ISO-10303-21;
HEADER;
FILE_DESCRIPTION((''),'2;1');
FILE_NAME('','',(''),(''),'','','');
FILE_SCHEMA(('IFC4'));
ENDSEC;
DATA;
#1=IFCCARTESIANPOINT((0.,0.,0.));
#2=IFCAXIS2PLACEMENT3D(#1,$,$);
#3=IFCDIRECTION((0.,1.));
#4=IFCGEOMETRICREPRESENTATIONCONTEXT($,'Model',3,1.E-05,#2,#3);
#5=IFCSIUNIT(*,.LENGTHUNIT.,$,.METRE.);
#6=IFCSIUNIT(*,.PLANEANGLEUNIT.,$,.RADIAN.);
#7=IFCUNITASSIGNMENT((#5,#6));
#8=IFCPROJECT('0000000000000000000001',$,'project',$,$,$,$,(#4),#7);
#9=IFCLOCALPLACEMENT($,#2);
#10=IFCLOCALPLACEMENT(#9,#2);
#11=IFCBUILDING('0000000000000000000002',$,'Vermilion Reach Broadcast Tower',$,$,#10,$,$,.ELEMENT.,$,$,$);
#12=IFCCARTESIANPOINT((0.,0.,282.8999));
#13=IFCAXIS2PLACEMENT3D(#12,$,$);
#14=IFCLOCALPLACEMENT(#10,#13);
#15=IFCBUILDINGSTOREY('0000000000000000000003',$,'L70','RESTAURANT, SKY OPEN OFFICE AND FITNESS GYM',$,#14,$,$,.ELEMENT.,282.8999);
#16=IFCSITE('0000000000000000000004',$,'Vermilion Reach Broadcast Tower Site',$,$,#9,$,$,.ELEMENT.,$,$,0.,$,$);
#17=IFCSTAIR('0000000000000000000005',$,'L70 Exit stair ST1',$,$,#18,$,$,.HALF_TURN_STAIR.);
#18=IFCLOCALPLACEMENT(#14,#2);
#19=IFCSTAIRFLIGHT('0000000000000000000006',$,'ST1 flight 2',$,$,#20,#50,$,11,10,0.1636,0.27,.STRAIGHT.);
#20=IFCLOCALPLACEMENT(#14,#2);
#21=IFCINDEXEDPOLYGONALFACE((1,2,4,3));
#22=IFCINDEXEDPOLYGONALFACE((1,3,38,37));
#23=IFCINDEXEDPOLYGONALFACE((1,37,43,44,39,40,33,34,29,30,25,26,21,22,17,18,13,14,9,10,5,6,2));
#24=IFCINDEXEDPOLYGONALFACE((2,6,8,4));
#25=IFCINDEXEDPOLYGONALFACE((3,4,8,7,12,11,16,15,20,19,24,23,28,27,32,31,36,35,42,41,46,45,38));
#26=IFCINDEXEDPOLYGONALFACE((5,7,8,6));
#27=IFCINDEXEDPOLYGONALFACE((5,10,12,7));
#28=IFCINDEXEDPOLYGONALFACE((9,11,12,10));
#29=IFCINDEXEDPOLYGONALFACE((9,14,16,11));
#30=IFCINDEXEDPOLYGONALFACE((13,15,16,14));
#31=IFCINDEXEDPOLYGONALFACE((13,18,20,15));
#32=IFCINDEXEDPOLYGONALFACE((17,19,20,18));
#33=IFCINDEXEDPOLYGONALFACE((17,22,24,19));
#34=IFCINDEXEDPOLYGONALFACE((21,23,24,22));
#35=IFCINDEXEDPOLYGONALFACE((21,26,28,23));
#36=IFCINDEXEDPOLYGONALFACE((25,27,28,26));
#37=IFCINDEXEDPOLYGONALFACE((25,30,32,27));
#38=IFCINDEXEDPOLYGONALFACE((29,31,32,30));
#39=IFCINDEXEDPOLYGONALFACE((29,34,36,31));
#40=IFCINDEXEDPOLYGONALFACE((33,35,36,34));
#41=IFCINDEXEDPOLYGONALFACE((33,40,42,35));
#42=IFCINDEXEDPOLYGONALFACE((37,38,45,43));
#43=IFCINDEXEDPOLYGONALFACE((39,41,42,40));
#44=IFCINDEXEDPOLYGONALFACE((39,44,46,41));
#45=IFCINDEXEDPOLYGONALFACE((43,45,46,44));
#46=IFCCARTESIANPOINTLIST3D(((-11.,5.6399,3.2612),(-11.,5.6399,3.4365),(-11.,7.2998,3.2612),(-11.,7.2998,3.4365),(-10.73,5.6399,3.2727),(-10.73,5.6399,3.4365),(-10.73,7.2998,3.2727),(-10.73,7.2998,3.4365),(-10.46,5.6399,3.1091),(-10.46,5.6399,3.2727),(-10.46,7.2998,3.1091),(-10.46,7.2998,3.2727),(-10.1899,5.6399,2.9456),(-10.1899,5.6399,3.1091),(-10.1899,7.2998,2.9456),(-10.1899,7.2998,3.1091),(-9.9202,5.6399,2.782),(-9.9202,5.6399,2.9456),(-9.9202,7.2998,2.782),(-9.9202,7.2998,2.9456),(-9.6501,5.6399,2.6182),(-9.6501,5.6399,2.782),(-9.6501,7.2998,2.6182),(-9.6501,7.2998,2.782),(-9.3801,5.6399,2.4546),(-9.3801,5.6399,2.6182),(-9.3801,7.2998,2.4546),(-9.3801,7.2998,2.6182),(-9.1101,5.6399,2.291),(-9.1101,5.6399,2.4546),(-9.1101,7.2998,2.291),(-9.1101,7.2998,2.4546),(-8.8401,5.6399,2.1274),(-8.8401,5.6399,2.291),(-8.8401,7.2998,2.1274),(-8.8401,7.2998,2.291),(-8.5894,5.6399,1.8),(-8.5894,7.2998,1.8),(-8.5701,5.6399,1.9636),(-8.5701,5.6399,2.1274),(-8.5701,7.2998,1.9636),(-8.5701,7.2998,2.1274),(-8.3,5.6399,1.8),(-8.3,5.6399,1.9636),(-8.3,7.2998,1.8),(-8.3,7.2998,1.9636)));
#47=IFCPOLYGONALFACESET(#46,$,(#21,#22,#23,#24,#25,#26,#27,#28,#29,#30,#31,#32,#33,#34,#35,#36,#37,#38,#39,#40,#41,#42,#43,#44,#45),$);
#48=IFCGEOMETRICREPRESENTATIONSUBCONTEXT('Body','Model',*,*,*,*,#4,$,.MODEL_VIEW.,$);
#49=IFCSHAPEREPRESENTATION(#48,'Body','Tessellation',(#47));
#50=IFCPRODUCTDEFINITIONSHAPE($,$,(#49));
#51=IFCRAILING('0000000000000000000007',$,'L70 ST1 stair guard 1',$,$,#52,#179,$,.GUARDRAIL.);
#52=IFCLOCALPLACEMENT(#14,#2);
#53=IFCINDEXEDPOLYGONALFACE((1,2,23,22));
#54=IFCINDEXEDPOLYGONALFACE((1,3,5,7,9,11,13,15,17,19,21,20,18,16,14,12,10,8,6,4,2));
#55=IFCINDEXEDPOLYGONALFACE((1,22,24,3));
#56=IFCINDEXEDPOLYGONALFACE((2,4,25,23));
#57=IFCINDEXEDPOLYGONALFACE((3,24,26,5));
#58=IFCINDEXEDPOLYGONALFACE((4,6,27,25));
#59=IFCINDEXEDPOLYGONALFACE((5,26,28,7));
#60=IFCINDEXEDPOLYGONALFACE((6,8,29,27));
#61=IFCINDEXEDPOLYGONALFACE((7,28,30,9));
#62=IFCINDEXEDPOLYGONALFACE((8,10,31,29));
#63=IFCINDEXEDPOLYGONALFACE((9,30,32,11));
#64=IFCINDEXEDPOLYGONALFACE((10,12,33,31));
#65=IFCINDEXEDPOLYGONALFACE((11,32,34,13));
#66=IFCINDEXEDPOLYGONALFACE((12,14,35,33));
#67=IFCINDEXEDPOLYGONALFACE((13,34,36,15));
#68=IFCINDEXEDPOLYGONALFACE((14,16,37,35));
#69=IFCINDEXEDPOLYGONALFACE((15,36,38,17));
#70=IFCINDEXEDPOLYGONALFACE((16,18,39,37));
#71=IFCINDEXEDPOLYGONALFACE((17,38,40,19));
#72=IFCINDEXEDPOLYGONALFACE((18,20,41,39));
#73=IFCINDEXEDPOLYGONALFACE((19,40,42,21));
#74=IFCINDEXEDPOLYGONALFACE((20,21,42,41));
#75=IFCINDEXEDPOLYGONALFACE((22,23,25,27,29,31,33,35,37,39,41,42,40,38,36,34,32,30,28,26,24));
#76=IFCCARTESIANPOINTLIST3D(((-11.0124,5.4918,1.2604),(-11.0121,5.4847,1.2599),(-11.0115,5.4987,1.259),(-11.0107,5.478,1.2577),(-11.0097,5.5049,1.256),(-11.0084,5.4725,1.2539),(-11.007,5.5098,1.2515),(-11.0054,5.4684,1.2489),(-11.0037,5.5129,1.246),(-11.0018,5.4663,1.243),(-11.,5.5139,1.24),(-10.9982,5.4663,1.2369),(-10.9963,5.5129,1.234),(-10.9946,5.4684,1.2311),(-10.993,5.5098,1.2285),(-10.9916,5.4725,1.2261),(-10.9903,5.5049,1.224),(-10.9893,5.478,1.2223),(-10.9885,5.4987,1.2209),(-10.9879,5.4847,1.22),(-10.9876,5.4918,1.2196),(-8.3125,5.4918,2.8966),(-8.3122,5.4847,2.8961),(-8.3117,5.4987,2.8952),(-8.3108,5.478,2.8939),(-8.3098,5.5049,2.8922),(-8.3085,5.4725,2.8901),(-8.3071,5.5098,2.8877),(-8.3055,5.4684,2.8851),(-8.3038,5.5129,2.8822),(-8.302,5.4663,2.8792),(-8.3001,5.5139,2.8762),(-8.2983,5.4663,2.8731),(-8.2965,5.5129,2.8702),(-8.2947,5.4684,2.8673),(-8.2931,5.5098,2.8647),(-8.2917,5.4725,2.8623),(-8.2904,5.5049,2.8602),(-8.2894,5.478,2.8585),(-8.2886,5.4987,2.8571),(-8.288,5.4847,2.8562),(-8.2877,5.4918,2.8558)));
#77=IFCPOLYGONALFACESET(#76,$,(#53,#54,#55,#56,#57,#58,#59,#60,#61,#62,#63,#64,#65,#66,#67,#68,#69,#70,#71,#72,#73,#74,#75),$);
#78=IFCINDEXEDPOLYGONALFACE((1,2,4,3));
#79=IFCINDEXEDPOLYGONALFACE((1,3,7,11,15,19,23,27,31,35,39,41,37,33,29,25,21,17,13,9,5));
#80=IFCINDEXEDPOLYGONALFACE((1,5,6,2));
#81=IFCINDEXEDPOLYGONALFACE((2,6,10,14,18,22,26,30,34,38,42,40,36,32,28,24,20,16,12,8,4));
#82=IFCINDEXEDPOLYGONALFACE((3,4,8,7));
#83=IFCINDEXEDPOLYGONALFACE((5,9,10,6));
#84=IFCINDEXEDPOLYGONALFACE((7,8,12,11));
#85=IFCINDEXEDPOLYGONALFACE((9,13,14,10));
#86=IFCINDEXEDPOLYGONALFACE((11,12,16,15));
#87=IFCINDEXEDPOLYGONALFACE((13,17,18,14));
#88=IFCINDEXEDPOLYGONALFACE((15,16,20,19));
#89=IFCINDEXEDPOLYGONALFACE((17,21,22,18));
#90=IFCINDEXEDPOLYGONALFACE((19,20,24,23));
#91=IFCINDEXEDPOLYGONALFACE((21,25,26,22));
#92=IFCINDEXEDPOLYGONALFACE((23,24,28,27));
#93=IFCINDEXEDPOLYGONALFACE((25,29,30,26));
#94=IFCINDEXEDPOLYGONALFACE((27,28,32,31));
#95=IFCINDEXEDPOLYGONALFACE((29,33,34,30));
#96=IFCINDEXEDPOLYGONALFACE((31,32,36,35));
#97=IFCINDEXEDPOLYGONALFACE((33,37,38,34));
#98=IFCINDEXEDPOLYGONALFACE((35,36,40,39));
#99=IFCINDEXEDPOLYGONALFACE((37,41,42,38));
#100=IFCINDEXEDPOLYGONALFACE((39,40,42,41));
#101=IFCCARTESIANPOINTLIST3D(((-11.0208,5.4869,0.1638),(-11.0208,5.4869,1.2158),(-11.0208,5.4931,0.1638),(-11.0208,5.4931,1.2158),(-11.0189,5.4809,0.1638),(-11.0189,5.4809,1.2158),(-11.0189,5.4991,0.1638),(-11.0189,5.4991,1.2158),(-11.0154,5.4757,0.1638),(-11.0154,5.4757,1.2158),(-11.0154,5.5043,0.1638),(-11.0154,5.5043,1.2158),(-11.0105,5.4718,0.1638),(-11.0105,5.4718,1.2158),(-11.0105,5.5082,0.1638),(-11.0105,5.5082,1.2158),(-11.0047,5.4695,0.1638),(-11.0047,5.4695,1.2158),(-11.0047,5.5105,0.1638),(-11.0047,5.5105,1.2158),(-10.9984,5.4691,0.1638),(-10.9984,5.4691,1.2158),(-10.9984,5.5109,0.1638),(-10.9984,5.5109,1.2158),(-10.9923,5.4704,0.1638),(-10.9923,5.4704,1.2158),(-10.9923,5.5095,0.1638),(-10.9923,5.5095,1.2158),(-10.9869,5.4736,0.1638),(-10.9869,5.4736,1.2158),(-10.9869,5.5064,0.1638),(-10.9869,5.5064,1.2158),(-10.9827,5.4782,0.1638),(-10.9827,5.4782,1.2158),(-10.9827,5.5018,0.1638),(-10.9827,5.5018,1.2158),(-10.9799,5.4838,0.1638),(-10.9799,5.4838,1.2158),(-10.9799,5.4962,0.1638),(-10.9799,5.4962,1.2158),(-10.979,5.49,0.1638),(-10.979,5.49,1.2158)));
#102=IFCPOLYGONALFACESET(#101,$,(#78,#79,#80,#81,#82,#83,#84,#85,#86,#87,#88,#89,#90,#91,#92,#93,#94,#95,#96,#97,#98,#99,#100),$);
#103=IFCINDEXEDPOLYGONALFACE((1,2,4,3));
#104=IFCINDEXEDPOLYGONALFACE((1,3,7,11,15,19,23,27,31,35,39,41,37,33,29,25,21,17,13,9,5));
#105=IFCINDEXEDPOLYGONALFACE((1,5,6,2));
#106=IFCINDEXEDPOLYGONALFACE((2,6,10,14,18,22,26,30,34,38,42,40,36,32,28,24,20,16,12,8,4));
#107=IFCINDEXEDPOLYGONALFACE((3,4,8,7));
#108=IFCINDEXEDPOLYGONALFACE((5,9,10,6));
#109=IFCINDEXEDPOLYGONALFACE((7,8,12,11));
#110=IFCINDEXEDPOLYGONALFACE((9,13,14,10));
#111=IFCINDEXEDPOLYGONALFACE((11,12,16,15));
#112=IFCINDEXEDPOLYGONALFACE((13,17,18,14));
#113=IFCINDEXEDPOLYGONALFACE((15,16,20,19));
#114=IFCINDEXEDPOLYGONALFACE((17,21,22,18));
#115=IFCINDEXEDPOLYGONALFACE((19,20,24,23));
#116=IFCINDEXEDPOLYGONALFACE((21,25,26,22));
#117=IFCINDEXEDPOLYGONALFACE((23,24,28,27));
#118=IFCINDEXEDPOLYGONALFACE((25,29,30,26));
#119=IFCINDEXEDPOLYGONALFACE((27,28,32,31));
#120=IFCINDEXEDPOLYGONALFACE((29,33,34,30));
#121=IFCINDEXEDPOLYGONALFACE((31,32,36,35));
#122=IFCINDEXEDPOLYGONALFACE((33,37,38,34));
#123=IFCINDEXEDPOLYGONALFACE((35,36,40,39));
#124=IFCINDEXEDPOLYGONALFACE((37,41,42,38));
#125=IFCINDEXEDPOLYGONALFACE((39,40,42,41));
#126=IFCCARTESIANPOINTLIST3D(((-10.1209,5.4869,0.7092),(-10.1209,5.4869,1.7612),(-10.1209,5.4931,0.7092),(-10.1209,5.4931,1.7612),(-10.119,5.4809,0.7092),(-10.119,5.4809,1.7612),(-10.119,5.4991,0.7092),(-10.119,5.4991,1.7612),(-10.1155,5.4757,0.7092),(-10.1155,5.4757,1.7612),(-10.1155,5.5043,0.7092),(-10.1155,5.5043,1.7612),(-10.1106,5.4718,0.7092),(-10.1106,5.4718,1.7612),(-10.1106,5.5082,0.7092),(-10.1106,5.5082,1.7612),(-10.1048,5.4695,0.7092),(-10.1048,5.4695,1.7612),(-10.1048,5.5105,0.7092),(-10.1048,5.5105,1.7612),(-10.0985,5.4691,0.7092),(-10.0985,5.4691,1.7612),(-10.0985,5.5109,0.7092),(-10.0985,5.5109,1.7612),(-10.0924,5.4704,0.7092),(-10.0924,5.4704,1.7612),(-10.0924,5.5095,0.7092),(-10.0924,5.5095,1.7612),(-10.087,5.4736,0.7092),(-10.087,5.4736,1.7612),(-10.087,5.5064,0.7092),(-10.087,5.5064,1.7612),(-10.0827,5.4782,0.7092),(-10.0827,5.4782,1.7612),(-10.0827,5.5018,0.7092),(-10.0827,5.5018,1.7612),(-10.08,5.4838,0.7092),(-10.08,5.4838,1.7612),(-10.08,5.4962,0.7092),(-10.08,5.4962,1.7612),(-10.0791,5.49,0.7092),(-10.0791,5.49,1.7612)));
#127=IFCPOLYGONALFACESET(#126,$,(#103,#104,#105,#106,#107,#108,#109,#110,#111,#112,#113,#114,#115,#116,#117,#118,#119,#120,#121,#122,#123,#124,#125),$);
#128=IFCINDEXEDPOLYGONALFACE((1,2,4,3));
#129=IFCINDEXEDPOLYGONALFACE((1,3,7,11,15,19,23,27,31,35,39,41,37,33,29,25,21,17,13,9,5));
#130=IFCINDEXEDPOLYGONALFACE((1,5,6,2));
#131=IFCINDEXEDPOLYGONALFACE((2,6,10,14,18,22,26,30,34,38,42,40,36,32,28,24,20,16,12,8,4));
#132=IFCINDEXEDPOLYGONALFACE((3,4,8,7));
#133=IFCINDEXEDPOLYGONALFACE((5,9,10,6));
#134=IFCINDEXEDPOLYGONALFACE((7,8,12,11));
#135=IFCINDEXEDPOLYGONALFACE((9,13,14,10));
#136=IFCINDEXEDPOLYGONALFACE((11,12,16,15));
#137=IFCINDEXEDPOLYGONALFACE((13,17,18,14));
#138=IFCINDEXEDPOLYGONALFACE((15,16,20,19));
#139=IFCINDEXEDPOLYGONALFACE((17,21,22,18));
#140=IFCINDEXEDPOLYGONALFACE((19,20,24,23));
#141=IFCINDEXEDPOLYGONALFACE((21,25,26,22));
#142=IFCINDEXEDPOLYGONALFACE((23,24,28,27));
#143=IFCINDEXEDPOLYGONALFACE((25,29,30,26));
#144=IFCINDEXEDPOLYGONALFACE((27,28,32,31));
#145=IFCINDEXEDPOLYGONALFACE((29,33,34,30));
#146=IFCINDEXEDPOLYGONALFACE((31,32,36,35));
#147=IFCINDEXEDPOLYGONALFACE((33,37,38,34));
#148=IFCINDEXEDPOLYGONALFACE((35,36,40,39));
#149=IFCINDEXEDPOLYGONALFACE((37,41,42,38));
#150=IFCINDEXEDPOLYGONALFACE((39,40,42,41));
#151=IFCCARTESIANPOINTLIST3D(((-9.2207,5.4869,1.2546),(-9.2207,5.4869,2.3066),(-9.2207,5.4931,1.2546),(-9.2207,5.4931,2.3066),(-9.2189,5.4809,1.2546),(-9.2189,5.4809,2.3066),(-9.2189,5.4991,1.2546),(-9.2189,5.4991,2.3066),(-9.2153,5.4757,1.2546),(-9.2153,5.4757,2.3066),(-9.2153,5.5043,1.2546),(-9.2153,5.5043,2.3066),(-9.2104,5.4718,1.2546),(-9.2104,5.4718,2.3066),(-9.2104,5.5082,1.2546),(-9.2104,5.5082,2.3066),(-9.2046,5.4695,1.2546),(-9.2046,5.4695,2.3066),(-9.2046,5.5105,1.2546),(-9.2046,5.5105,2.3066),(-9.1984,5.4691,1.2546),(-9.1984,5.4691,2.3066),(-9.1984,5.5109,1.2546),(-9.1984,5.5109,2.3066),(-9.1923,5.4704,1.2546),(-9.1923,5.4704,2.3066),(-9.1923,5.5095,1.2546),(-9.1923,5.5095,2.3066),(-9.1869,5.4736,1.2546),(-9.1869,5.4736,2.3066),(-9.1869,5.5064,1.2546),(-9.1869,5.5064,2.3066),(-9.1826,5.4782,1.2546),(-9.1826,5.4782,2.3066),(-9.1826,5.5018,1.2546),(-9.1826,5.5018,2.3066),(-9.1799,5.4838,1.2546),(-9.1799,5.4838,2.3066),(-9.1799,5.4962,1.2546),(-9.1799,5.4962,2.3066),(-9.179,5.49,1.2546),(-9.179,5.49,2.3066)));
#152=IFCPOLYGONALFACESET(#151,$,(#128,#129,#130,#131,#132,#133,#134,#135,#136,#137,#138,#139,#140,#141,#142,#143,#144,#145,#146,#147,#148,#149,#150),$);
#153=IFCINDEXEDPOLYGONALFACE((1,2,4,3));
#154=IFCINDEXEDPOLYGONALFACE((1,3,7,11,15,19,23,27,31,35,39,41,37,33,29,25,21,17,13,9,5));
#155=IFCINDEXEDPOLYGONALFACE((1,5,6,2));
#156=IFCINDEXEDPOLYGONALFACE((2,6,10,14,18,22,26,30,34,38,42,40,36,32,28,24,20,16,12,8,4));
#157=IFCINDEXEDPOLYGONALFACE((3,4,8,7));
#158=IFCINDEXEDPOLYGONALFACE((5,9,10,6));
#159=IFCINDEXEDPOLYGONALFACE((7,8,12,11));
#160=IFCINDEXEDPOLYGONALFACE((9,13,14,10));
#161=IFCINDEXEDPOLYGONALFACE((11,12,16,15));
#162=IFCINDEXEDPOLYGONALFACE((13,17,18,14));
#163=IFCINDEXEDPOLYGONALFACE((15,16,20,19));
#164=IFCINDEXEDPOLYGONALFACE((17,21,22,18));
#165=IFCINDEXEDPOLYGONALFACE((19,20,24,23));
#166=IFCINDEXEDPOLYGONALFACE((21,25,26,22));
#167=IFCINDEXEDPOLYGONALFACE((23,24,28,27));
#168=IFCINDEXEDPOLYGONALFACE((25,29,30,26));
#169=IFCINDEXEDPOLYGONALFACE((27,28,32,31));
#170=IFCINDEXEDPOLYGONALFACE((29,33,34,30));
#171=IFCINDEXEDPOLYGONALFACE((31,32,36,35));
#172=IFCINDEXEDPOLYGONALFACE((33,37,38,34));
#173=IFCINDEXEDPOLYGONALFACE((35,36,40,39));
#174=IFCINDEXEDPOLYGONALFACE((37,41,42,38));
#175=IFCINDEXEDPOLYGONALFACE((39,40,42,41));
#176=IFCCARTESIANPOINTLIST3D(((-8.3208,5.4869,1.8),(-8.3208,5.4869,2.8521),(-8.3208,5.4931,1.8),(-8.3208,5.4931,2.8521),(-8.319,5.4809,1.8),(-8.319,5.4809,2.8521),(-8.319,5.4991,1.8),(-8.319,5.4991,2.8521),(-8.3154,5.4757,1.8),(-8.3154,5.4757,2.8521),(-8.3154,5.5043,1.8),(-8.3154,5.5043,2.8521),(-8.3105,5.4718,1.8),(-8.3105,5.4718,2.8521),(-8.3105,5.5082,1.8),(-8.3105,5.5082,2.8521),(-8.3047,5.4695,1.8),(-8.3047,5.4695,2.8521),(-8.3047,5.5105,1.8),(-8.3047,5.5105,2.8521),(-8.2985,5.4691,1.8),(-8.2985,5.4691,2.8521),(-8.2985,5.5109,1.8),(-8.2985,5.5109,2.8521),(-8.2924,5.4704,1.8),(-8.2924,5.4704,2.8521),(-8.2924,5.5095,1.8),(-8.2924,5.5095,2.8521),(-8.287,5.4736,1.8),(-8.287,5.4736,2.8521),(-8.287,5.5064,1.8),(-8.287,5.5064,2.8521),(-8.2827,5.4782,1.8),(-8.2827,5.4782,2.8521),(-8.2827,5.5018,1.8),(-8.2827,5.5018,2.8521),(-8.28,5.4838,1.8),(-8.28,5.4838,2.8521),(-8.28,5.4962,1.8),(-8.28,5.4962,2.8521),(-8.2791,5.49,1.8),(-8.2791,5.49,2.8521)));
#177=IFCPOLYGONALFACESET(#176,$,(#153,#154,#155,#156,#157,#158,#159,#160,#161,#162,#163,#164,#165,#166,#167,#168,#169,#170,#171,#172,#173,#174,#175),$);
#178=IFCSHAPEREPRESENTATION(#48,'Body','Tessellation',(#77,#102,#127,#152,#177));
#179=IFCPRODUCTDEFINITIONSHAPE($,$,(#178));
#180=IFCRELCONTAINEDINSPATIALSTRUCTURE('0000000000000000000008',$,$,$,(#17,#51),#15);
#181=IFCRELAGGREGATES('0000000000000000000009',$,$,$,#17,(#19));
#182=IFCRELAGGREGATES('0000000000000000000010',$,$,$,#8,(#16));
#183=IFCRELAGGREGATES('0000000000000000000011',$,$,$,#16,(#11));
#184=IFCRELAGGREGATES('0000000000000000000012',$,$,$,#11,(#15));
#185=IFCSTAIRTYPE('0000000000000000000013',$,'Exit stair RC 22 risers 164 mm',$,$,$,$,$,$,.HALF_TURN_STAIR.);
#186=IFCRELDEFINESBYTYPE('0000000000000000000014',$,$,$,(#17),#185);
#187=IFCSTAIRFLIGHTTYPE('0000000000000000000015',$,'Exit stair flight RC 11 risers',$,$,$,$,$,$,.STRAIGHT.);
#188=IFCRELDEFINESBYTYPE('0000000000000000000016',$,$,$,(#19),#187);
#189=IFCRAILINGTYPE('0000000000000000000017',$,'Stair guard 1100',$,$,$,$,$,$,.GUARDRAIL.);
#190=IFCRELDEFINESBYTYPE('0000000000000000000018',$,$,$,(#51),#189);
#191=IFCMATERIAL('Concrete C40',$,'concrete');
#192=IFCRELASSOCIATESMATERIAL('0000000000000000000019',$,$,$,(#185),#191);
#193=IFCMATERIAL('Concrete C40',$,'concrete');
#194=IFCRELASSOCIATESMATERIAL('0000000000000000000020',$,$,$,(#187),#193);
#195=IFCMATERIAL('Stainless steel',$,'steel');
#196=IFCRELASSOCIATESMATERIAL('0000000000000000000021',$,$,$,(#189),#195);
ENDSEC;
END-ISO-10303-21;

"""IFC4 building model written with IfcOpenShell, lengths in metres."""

from ifc_helpers import new_model, si_unit, direction, frame, origin, origin_2d, place, context, subcontext, project, spatial, polyline, circle, outline, extrude, material, type_object, element, aggregate, save


model = new_model("IFC4")

# Units and contexts
model_context = context("Model", 3, precision=1e-05, world=origin(), true_north=direction((0.0, 1.0)))
body_context = subcontext(model_context, "Body", "Model", "MODEL_VIEW")
ifc_project = project(units=[si_unit("LENGTHUNIT", "METRE"), si_unit("PLANEANGLEUNIT", "RADIAN")], contexts=[model_context])

# Site, building, storey
site_placement = place(None, origin())
site = spatial("IfcSite", under=ifc_project, at=site_placement, Name="Vermilion Reach Broadcast Tower Site", CompositionType="ELEMENT", RefElevation=0.0)
building_placement = place(site_placement, origin())
building = spatial("IfcBuilding", under=site, at=building_placement, Name="Vermilion Reach Broadcast Tower", CompositionType="ELEMENT")
storey_placement = place(building_placement, frame((0.0, 0.0, 282.8999)))
storey = spatial("IfcBuildingStorey", under=building, at=storey_placement, Name="L70", Description="RESTAURANT, SKY OPEN OFFICE AND FITNESS GYM", CompositionType="ELEMENT", Elevation=282.8999)

# Stair, stair flight
ifc_material_1 = material(Name="Concrete C40", Category="concrete")
stair_type = type_object("IfcStairType", Name="Exit stair RC 22 risers 164 mm", PredefinedType="HALF_TURN_STAIR", material=ifc_material_1)
stair_placement = place(storey_placement, origin())
stair = element("IfcStair", 1, at=stair_placement, inside=storey, type_object=stair_type, Name="L70 Exit stair ST1", PredefinedType="HALF_TURN_STAIR")
ifc_material_2 = material(Name="Concrete C40", Category="concrete")
stair_flight_type = type_object("IfcStairFlightType", Name="Exit stair flight RC 11 risers", PredefinedType="STRAIGHT", material=ifc_material_2)
stair_flight_1_placement = place(storey_placement, frame((-8.3, 6.47, 1.8), z_axis=(0.0, 0.0, 1.0), x_axis=(-1.0, 0.0, 0.0)))
stair_flight_1 = element("IfcStairFlight", 2, at=stair_flight_1_placement, type_object=stair_flight_type, Name="ST1 flight 2", NumberOfRisers=11, NumberOfTreads=10, PredefinedType="STRAIGHT", RiserHeight=0.1636, TreadLength=0.27, context=body_context, shape_type="SweptSolid", body=[
    extrude(outline(polyline([(0.0, 0.0), (0.0, 0.1636), (0.27, 0.1636), (0.27, 0.3274), (0.54, 0.3274), (0.54, 0.491), (0.8101, 0.491), (0.8101, 0.6545), (1.0801, 0.6545), (1.0801, 0.8181), (1.3501, 0.8181), (1.3501, 0.9819), (1.6201, 0.9819), (1.6201, 1.1455), (1.8899, 1.1455), (1.8899, 1.3091), (2.1599, 1.3091), (2.1599, 1.4727), (2.4299, 1.4727), (2.4299, 1.6365), (2.7, 1.6365), (2.7, 1.8), (2.7, 1.4612), (0.2893, 0.0), (0.0, 0.0)])), frame((0.0, 0.8301, 0.0), z_axis=(0.0, -1.0, 0.0), x_axis=(1.0, 0.0, 0.0)), (0.0, 0.0, 1.0), 1.6599),
])
aggregate(stair, [stair_flight_1])

# Railing
ifc_material_3 = material(Name="Stainless steel", Category="steel")
railing_type_1 = type_object("IfcRailingType", Name="Stair guard 1100", PredefinedType="GUARDRAIL", material=ifc_material_3)
railing_1_placement = place(storey_placement, frame((-11.0, 5.49, 0.1638)))
element("IfcRailing", 3, at=railing_1_placement, inside=storey, type_object=railing_type_1, Name="L70 ST1 stair guard 1", PredefinedType="GUARDRAIL", context=body_context, shape_type="SweptSolid", body=[
    extrude(circle(Radius=0.0239, at=origin_2d()), frame((0.0, 0.0, 1.0762), z_axis=(0.855212, 0.0, 0.518278), x_axis=(0.0, 1.0, 0.0)), (0.0, 0.0, 1.0), 3.157),
    extrude(circle(Radius=0.021, at=origin_2d()), origin(), (0.0, 0.0, 1.0), 1.052),
    extrude(circle(Radius=0.021, at=origin_2d()), frame((0.8999, 0.0, 0.5454)), (0.0, 0.0, 1.0), 1.052),
    extrude(circle(Radius=0.021, at=origin_2d()), frame((1.8, 0.0, 1.0908)), (0.0, 0.0, 1.0), 1.052),
    extrude(circle(Radius=0.021, at=origin_2d()), frame((2.7, 0.0, 1.6362)), (0.0, 0.0, 1.0), 1.052),
])

save(model, "model.ifc")
